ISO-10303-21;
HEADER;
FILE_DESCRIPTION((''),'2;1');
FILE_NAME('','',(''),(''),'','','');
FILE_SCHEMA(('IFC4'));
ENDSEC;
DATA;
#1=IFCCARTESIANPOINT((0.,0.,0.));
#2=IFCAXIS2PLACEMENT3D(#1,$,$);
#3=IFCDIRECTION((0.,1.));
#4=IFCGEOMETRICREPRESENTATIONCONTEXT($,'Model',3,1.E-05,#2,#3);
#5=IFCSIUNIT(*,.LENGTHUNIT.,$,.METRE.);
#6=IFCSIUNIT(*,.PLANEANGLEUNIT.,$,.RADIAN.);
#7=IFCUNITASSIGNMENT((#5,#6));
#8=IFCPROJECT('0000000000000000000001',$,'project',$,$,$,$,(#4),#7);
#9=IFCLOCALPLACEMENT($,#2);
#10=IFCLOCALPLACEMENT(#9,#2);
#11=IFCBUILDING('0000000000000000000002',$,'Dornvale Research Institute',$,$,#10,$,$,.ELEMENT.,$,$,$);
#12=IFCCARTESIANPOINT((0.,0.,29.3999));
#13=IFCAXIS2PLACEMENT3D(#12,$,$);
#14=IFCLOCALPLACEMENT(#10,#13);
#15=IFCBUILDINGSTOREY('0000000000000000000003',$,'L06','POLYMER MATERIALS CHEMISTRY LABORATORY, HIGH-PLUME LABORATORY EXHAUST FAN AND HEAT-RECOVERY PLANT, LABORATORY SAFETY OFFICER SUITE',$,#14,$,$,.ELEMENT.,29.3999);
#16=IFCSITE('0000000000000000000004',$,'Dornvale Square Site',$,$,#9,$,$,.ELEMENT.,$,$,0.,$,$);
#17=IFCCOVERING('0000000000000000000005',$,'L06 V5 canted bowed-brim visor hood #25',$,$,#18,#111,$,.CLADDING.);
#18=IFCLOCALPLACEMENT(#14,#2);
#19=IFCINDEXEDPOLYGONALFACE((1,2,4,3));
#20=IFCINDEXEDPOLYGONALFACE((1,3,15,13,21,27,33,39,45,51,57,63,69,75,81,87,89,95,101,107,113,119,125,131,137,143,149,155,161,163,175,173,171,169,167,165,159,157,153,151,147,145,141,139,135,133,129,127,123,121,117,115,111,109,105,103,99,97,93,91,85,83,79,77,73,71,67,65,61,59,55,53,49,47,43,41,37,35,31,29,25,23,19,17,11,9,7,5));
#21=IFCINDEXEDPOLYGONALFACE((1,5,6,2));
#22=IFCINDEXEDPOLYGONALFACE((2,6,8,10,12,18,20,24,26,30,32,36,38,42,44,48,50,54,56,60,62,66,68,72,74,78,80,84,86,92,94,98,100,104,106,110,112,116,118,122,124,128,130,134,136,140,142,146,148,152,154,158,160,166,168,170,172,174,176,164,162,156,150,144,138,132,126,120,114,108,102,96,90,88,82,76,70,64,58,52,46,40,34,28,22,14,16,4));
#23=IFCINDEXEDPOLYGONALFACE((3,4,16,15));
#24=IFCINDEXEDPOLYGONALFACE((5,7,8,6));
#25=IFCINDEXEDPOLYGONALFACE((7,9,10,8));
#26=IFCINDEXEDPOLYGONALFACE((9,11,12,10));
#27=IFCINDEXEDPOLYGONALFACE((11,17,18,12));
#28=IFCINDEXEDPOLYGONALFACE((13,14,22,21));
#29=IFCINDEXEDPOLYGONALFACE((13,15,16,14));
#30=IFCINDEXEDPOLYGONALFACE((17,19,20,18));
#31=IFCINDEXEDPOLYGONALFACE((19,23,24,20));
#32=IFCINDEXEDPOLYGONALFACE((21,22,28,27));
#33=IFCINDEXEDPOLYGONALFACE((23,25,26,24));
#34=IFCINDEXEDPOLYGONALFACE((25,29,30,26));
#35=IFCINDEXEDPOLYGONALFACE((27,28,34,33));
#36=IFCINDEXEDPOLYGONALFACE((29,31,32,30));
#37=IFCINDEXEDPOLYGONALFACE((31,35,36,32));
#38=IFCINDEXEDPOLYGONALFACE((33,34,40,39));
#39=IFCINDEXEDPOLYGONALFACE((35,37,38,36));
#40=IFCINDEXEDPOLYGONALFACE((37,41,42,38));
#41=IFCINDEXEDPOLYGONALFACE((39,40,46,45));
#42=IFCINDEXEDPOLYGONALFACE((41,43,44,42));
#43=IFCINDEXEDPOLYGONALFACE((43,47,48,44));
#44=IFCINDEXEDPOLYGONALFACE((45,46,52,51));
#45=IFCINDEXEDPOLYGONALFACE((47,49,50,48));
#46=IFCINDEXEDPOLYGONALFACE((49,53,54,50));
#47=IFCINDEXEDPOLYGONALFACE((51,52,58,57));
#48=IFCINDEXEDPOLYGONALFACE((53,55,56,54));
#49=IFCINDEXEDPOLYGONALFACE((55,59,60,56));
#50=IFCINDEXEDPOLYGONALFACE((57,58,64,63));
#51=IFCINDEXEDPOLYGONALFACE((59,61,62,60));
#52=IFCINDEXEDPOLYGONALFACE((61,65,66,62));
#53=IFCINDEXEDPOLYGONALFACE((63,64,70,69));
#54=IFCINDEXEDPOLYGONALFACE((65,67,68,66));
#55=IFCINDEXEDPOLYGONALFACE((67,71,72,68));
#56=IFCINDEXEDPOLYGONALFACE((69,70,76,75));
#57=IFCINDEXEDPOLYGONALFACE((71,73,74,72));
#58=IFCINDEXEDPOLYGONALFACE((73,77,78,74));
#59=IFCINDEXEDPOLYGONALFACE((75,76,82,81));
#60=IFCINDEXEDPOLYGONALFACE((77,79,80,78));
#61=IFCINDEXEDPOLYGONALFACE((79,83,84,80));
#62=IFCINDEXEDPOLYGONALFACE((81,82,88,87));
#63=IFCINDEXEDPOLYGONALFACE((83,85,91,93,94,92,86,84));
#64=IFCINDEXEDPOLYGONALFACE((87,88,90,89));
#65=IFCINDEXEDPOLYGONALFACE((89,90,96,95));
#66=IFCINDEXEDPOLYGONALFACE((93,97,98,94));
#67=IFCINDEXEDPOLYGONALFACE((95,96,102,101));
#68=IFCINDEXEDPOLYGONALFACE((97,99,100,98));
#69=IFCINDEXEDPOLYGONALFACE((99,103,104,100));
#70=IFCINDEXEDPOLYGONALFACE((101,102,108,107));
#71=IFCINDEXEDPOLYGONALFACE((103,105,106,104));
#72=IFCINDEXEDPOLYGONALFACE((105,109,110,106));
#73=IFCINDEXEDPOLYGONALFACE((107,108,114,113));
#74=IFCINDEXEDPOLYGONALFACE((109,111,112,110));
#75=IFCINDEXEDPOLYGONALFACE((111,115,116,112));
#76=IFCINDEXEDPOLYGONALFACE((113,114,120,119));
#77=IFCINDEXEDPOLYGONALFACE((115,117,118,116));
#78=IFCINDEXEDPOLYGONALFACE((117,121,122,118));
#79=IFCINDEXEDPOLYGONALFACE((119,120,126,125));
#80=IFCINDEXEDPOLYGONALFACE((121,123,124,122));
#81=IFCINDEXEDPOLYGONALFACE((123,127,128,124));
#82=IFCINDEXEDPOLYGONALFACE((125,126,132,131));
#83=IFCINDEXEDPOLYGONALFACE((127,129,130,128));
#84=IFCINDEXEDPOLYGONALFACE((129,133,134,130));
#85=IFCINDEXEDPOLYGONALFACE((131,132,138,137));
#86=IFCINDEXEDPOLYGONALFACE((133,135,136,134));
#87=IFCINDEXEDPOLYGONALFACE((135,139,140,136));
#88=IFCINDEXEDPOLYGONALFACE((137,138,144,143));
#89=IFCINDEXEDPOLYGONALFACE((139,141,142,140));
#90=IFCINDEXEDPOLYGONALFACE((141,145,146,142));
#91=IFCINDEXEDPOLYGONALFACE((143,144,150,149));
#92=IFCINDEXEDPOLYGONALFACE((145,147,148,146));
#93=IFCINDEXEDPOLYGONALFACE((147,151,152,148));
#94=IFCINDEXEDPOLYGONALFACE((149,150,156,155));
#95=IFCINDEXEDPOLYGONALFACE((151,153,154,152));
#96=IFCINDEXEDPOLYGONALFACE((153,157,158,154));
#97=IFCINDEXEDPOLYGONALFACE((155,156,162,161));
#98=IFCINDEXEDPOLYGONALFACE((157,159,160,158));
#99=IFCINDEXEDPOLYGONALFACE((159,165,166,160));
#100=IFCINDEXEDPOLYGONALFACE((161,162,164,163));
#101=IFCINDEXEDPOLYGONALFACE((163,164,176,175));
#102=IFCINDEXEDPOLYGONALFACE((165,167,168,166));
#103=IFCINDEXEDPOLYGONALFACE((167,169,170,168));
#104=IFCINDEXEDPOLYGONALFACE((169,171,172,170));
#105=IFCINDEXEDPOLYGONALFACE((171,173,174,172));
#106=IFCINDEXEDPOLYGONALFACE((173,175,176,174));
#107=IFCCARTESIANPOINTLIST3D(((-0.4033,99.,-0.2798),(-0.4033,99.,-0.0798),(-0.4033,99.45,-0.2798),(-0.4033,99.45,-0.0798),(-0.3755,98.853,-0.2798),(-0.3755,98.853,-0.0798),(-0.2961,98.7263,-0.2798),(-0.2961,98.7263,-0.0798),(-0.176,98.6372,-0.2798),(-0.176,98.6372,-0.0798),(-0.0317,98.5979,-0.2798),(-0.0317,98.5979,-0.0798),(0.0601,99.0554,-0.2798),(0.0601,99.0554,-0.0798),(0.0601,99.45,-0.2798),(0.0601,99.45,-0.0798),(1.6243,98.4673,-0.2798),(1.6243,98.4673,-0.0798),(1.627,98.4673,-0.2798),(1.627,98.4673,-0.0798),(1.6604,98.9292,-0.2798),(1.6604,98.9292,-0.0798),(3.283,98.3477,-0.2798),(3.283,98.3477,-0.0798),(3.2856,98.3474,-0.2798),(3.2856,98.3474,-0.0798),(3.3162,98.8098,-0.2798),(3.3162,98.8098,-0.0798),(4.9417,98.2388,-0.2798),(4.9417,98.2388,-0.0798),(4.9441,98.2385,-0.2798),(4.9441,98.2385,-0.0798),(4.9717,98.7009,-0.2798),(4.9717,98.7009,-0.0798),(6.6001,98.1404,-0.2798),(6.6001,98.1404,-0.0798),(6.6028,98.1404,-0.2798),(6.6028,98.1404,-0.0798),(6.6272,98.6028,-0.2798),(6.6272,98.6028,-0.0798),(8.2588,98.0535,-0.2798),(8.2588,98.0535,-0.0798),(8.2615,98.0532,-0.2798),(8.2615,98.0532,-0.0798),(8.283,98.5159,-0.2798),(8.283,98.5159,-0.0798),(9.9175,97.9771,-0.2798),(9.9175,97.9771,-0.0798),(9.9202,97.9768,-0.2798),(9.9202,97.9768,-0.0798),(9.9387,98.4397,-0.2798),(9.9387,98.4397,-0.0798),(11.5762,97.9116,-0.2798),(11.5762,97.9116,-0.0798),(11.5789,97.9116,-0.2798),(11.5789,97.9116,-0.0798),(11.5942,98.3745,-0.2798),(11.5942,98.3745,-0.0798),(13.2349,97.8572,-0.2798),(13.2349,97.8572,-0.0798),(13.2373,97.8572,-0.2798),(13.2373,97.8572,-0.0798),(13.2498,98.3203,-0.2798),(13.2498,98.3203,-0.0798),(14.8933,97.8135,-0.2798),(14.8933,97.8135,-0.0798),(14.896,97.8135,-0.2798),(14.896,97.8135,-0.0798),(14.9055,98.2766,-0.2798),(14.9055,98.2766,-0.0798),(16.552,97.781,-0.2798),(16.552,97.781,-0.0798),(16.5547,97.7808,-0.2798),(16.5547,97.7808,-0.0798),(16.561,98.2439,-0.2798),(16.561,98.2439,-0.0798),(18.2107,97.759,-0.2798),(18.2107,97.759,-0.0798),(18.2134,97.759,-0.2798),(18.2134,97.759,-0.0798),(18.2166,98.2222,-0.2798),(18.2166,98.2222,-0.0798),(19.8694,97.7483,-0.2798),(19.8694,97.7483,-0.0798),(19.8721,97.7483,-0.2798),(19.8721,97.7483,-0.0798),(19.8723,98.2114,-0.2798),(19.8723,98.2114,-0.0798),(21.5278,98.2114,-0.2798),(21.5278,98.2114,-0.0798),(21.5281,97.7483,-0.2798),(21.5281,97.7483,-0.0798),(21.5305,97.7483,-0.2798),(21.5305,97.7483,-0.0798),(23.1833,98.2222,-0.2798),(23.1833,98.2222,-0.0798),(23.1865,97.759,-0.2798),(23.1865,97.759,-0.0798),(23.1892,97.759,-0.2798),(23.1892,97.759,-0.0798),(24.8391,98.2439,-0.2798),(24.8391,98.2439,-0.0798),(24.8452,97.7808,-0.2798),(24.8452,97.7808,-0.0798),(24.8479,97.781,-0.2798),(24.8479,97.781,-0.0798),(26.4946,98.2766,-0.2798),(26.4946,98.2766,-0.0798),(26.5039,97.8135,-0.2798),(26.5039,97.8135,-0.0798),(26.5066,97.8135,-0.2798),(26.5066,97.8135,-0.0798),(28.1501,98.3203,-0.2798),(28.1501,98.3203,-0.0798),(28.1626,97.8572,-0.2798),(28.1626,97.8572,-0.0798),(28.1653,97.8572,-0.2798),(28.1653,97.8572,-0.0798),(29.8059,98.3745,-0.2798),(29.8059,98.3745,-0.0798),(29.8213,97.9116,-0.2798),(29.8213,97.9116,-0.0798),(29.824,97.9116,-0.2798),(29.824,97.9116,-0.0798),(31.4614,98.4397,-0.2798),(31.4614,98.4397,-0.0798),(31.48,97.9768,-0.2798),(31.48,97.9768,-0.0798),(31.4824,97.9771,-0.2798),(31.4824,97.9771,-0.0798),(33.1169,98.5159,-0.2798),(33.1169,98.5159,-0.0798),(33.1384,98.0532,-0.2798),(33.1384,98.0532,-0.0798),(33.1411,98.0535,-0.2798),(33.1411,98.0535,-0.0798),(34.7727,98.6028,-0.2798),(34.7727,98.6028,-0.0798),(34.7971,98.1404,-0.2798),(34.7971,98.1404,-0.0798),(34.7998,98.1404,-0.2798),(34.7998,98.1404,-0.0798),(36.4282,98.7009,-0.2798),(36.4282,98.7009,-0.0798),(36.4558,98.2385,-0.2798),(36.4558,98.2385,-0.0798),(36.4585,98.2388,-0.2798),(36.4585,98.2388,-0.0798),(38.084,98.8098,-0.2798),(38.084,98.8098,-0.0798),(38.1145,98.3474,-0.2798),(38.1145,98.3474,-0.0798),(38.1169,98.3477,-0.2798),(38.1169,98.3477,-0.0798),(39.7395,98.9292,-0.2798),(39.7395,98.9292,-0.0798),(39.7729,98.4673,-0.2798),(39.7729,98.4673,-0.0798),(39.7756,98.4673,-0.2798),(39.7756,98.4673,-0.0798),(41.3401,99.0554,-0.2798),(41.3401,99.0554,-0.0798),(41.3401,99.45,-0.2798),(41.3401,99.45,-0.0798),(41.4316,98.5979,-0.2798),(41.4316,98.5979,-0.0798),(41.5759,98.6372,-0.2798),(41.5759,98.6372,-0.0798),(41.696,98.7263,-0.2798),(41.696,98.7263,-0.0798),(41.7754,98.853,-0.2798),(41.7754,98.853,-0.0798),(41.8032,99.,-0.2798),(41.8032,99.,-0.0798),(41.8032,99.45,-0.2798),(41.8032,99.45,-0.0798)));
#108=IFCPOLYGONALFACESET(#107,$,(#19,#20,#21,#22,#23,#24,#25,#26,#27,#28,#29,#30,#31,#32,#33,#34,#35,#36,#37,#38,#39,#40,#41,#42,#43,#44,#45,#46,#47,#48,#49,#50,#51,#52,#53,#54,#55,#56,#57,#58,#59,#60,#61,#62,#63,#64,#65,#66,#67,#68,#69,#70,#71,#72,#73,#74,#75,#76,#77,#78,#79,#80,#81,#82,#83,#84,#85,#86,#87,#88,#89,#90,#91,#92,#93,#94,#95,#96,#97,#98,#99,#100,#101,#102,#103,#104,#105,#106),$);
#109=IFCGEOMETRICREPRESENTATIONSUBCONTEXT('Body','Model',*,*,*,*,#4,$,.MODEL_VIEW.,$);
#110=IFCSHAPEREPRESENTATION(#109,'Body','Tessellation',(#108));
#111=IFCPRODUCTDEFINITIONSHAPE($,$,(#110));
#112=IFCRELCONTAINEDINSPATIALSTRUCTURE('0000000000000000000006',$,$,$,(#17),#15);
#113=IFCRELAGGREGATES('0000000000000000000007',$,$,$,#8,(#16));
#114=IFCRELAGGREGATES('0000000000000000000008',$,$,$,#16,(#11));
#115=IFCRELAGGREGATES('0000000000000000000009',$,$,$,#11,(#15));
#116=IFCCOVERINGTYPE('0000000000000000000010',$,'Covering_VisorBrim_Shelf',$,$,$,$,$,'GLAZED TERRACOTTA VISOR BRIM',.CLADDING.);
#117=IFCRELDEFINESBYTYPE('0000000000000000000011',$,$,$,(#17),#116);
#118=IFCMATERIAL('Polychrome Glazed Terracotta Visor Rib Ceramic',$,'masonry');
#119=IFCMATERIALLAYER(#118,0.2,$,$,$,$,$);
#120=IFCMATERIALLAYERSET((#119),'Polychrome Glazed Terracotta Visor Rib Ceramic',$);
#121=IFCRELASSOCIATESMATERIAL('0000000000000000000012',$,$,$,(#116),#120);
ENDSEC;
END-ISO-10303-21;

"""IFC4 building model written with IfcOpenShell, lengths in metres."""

from ifc_helpers import new_model, si_unit, direction, frame, origin, place, context, subcontext, project, spatial, polyline, outline, extrude, material, layer, layer_set, type_object, element, save


model = new_model("IFC4")

# Units and contexts
model_context = context("Model", 3, precision=1e-05, world=origin(), true_north=direction((0.0, 1.0)))
body_context = subcontext(model_context, "Body", "Model", "MODEL_VIEW")
ifc_project = project(units=[si_unit("LENGTHUNIT", "METRE"), si_unit("PLANEANGLEUNIT", "RADIAN")], contexts=[model_context])

# Site, building, storey
site_placement = place(None, origin())
site = spatial("IfcSite", under=ifc_project, at=site_placement, Name="Dornvale Square Site", CompositionType="ELEMENT", RefElevation=0.0)
building_placement = place(site_placement, origin())
building = spatial("IfcBuilding", under=site, at=building_placement, Name="Dornvale Research Institute", CompositionType="ELEMENT")
storey_placement = place(building_placement, frame((0.0, 0.0, 29.3999)))
storey = spatial("IfcBuildingStorey", under=building, at=storey_placement, Name="L06", Description="POLYMER MATERIALS CHEMISTRY LABORATORY, HIGH-PLUME LABORATORY EXHAUST FAN AND HEAT-RECOVERY PLANT, LABORATORY SAFETY OFFICER SUITE", CompositionType="ELEMENT", Elevation=29.3999)

# Covering
ifc_material_1 = material(Name="Polychrome Glazed Terracotta Visor Rib Ceramic", Category="masonry")
ifc_layer_1 = layer(ifc_material_1, 0.2)
ifc_layer_set_1 = layer_set([ifc_layer_1], Name="Polychrome Glazed Terracotta Visor Rib Ceramic")
covering_type_1 = type_object("IfcCoveringType", Name="Covering_VisorBrim_Shelf", ElementType="GLAZED TERRACOTTA VISOR BRIM", PredefinedType="CLADDING", material=ifc_layer_set_1)
covering_1_placement = place(storey_placement, frame((0.0, 0.0, -0.2798)))
element("IfcCovering", 1, at=covering_1_placement, inside=storey, type_object=covering_type_1, Name="L06 V5 canted bowed-brim visor hood #25", PredefinedType="CLADDING", context=body_context, shape_type="SweptSolid", body=[
    extrude(outline(polyline([(41.8032, 99.0), (41.7754, 98.853), (41.696, 98.7263), (41.5759, 98.6372), (41.4316, 98.5979), (39.7756, 98.4673), (39.7729, 98.4673), (38.1169, 98.3477), (38.1145, 98.3474), (36.4585, 98.2388), (36.4558, 98.2385), (34.7998, 98.1404), (34.7971, 98.1404), (33.1411, 98.0535), (33.1384, 98.0532), (31.4824, 97.9771), (31.48, 97.9768), (29.824, 97.9116), (29.8213, 97.9116), (28.1653, 97.8572), (28.1626, 97.8572), (26.5066, 97.8135), (26.5039, 97.8135), (24.8479, 97.781), (24.8452, 97.7808), (23.1892, 97.759), (23.1865, 97.759), (21.5305, 97.7483), (21.5281, 97.7483), (19.8721, 97.7483), (19.8694, 97.7483), (18.2134, 97.759), (18.2107, 97.759), (16.5547, 97.7808), (16.552, 97.781), (14.896, 97.8135), (14.8933, 97.8135), (13.2373, 97.8572), (13.2349, 97.8572), (11.5789, 97.9116), (11.5762, 97.9116), (9.9202, 97.9768), (9.9175, 97.9771), (8.2615, 98.0532), (8.2588, 98.0535), (6.6028, 98.1404), (6.6001, 98.1404), (4.9441, 98.2385), (4.9417, 98.2388), (3.2856, 98.3474), (3.283, 98.3477), (1.627, 98.4673), (1.6243, 98.4673), (-0.0317, 98.5979), (-0.176, 98.6372), (-0.2961, 98.7263), (-0.3755, 98.853), (-0.4033, 99.0), (-0.4033, 99.45), (0.0601, 99.45), (0.0601, 99.0554), (1.6604, 98.9292), (3.3162, 98.8098), (4.9717, 98.7009), (6.6272, 98.6028), (8.283, 98.5159), (9.9387, 98.4397), (11.5942, 98.3745), (13.2498, 98.3203), (14.9055, 98.2766), (16.561, 98.2439), (18.2166, 98.2222), (19.8723, 98.2114), (21.5278, 98.2114), (23.1833, 98.2222), (24.8391, 98.2439), (26.4946, 98.2766), (28.1501, 98.3203), (29.8059, 98.3745), (31.4614, 98.4397), (33.1169, 98.5159), (34.7727, 98.6028), (36.4282, 98.7009), (38.084, 98.8098), (39.7395, 98.9292), (41.3401, 99.0554), (41.3401, 99.45), (41.8032, 99.45), (41.8032, 99.0)])), origin(), (0.0, 0.0, 1.0), 0.2),
])

save(model, "model.ifc")
